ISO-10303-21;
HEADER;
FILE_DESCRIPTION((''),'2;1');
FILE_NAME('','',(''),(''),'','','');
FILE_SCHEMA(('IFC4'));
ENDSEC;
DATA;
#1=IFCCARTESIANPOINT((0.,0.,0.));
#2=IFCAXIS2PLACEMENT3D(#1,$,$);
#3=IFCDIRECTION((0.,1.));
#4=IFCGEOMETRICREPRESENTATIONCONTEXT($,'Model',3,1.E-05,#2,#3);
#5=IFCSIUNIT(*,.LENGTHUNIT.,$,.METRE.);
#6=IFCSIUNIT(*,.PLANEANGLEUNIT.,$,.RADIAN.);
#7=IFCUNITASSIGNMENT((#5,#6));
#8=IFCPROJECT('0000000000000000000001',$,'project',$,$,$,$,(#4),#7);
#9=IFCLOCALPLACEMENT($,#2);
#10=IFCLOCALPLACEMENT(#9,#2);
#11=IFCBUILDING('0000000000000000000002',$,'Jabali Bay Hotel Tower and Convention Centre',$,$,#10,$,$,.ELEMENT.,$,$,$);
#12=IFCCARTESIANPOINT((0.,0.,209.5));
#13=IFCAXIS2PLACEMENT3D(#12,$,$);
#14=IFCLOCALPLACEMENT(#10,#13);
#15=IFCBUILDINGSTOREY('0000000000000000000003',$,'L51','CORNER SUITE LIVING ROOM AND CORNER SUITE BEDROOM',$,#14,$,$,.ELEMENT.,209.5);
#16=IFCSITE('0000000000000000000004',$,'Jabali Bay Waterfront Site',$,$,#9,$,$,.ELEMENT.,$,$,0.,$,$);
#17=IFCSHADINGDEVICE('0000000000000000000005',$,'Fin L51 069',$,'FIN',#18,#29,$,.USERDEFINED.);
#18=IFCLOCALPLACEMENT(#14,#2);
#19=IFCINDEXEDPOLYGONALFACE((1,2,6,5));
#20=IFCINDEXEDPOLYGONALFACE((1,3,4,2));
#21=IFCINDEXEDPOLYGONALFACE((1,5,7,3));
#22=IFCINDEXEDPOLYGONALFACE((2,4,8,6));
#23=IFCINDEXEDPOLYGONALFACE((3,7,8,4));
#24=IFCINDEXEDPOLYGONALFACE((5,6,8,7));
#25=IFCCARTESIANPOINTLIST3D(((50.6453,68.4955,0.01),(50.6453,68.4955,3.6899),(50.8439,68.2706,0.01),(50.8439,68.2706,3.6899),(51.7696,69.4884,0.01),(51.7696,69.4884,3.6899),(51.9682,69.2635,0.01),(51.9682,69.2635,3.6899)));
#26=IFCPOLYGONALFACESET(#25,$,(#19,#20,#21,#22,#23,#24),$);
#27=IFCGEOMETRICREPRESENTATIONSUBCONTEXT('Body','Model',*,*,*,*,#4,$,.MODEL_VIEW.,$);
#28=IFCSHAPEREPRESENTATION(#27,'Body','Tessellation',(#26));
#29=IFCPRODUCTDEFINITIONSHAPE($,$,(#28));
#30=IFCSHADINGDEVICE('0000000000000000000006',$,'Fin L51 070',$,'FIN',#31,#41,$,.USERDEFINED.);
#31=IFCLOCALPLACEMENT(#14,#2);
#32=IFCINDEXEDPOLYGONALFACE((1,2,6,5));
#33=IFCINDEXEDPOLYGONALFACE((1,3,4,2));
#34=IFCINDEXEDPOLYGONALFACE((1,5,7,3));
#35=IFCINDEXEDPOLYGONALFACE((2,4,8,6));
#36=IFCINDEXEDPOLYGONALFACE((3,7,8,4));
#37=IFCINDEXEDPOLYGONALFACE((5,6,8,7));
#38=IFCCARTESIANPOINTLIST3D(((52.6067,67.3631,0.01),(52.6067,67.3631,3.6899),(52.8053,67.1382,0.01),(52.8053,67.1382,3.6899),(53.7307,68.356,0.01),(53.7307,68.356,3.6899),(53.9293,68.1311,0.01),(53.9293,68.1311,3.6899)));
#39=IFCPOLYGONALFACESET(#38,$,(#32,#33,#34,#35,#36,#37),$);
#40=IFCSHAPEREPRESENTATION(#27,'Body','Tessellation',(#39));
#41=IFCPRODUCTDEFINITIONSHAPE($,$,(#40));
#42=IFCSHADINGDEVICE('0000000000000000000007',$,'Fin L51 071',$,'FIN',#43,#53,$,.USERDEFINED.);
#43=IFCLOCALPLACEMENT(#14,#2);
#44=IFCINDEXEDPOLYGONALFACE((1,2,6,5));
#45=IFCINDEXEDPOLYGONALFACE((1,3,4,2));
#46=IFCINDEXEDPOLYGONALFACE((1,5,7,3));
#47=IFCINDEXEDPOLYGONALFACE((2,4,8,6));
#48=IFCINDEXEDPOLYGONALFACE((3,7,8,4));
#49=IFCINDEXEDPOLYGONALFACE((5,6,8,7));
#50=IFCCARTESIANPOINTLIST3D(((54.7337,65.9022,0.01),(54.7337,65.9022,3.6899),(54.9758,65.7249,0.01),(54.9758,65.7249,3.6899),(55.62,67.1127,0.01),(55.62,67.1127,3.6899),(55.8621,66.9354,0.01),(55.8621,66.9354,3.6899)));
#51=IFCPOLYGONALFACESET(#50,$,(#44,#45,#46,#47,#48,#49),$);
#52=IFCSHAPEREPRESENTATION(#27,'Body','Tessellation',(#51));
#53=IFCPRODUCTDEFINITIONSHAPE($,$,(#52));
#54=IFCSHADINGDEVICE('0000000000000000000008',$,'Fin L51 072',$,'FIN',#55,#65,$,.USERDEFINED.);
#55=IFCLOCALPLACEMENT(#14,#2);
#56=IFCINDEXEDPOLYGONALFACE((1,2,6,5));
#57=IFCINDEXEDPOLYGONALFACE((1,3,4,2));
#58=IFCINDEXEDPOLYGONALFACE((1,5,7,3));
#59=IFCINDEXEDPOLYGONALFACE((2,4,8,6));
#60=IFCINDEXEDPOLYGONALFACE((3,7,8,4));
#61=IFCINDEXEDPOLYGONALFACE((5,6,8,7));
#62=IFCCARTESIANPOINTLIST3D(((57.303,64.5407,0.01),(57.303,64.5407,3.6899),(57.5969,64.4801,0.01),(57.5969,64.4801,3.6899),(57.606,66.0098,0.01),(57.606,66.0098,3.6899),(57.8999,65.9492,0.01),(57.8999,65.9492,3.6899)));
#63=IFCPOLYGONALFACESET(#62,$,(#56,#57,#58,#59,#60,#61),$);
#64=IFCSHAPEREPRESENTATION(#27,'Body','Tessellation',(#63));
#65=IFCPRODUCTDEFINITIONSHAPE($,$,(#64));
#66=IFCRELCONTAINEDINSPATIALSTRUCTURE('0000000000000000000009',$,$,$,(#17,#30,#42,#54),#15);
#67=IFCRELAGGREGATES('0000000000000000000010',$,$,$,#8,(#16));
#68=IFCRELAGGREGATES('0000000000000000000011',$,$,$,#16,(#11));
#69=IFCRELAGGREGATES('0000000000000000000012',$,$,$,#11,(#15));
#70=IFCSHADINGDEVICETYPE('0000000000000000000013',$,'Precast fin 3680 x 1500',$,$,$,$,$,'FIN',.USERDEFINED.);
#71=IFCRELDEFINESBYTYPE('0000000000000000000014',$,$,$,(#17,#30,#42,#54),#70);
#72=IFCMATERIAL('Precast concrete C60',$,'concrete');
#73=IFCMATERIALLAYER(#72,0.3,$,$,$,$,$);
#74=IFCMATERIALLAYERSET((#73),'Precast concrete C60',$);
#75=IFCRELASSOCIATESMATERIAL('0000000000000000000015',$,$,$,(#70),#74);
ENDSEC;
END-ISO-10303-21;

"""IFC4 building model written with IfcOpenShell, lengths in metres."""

from ifc_helpers import new_model, si_unit, direction, frame, frame_2d, origin, place, context, subcontext, project, spatial, rectangle, extrude, material, layer, layer_set, type_object, element, save


model = new_model("IFC4")

# Units and contexts
model_context = context("Model", 3, precision=1e-05, world=origin(), true_north=direction((0.0, 1.0)))
body_context = subcontext(model_context, "Body", "Model", "MODEL_VIEW")
ifc_project = project(units=[si_unit("LENGTHUNIT", "METRE"), si_unit("PLANEANGLEUNIT", "RADIAN")], contexts=[model_context])

# Site, building, storey
site_placement = place(None, origin())
site = spatial("IfcSite", under=ifc_project, at=site_placement, Name="Jabali Bay Waterfront Site", CompositionType="ELEMENT", RefElevation=0.0)
building_placement = place(site_placement, origin())
building = spatial("IfcBuilding", under=site, at=building_placement, Name="Jabali Bay Hotel Tower and Convention Centre", CompositionType="ELEMENT")
storey_placement = place(building_placement, frame((0.0, 0.0, 209.5)))
storey = spatial("IfcBuildingStorey", under=building, at=storey_placement, Name="L51", Description="CORNER SUITE LIVING ROOM AND CORNER SUITE BEDROOM", CompositionType="ELEMENT", Elevation=209.5)

# Shading devices
ifc_material_1 = material(Name="Precast concrete C60", Category="concrete")
ifc_layer_1 = layer(ifc_material_1, 0.3)
ifc_layer_set_1 = layer_set([ifc_layer_1], Name="Precast concrete C60")
shading_device_type = type_object("IfcShadingDeviceType", Name="Precast fin 3680 x 1500", ElementType="FIN", PredefinedType="USERDEFINED", material=ifc_layer_set_1)
shading_device_1_placement = place(storey_placement, frame((51.8689, 69.376, 0.01), z_axis=(0.0, 0.0, 1.0), x_axis=(-0.749534, -0.661966, 0.0)))
element("IfcShadingDevice", 1, at=shading_device_1_placement, inside=storey, type_object=shading_device_type, Name="Fin L51 069", ObjectType="FIN", PredefinedType="USERDEFINED", context=body_context, shape_type="SweptSolid", body=[
    extrude(rectangle(XDim=1.5, YDim=0.3, at=frame_2d((0.75, 0.0))), origin(), (0.0, 0.0, 1.0), 3.6799),
])
shading_device_2_placement = place(storey_placement, frame((53.8301, 68.2437, 0.01), z_axis=(0.0, 0.0, 1.0), x_axis=(-0.749462, -0.662047, 0.0)))
element("IfcShadingDevice", 2, at=shading_device_2_placement, inside=storey, type_object=shading_device_type, Name="Fin L51 070", ObjectType="FIN", PredefinedType="USERDEFINED", context=body_context, shape_type="SweptSolid", body=[
    extrude(rectangle(XDim=1.4998, YDim=0.3, at=frame_2d((0.75, 0.0))), origin(), (0.0, 0.0, 1.0), 3.6799),
])
shading_device_3_placement = place(storey_placement, frame((55.741, 67.0239, 0.01), z_axis=(0.0, 0.0, 1.0), x_axis=(-0.590743, -0.80686, 0.0)))
element("IfcShadingDevice", 3, at=shading_device_3_placement, inside=storey, type_object=shading_device_type, Name="Fin L51 071", ObjectType="FIN", PredefinedType="USERDEFINED", context=body_context, shape_type="SweptSolid", body=[
    extrude(rectangle(XDim=1.5002, YDim=0.3, at=frame_2d((0.75, 0.0))), origin(), (0.0, 0.0, 1.0), 3.6799),
])
shading_device_4_placement = place(storey_placement, frame((57.7529, 65.9795, 0.01), z_axis=(0.0, 0.0, 1.0), x_axis=(-0.201997, -0.979386, 0.0)))
element("IfcShadingDevice", 4, at=shading_device_4_placement, inside=storey, type_object=shading_device_type, Name="Fin L51 072", ObjectType="FIN", PredefinedType="USERDEFINED", context=body_context, shape_type="SweptSolid", body=[
    extrude(rectangle(XDim=1.5, YDim=0.3, at=frame_2d((0.75, 0.0))), origin(), (0.0, 0.0, 1.0), 3.6799),
])

save(model, "model.ifc")
